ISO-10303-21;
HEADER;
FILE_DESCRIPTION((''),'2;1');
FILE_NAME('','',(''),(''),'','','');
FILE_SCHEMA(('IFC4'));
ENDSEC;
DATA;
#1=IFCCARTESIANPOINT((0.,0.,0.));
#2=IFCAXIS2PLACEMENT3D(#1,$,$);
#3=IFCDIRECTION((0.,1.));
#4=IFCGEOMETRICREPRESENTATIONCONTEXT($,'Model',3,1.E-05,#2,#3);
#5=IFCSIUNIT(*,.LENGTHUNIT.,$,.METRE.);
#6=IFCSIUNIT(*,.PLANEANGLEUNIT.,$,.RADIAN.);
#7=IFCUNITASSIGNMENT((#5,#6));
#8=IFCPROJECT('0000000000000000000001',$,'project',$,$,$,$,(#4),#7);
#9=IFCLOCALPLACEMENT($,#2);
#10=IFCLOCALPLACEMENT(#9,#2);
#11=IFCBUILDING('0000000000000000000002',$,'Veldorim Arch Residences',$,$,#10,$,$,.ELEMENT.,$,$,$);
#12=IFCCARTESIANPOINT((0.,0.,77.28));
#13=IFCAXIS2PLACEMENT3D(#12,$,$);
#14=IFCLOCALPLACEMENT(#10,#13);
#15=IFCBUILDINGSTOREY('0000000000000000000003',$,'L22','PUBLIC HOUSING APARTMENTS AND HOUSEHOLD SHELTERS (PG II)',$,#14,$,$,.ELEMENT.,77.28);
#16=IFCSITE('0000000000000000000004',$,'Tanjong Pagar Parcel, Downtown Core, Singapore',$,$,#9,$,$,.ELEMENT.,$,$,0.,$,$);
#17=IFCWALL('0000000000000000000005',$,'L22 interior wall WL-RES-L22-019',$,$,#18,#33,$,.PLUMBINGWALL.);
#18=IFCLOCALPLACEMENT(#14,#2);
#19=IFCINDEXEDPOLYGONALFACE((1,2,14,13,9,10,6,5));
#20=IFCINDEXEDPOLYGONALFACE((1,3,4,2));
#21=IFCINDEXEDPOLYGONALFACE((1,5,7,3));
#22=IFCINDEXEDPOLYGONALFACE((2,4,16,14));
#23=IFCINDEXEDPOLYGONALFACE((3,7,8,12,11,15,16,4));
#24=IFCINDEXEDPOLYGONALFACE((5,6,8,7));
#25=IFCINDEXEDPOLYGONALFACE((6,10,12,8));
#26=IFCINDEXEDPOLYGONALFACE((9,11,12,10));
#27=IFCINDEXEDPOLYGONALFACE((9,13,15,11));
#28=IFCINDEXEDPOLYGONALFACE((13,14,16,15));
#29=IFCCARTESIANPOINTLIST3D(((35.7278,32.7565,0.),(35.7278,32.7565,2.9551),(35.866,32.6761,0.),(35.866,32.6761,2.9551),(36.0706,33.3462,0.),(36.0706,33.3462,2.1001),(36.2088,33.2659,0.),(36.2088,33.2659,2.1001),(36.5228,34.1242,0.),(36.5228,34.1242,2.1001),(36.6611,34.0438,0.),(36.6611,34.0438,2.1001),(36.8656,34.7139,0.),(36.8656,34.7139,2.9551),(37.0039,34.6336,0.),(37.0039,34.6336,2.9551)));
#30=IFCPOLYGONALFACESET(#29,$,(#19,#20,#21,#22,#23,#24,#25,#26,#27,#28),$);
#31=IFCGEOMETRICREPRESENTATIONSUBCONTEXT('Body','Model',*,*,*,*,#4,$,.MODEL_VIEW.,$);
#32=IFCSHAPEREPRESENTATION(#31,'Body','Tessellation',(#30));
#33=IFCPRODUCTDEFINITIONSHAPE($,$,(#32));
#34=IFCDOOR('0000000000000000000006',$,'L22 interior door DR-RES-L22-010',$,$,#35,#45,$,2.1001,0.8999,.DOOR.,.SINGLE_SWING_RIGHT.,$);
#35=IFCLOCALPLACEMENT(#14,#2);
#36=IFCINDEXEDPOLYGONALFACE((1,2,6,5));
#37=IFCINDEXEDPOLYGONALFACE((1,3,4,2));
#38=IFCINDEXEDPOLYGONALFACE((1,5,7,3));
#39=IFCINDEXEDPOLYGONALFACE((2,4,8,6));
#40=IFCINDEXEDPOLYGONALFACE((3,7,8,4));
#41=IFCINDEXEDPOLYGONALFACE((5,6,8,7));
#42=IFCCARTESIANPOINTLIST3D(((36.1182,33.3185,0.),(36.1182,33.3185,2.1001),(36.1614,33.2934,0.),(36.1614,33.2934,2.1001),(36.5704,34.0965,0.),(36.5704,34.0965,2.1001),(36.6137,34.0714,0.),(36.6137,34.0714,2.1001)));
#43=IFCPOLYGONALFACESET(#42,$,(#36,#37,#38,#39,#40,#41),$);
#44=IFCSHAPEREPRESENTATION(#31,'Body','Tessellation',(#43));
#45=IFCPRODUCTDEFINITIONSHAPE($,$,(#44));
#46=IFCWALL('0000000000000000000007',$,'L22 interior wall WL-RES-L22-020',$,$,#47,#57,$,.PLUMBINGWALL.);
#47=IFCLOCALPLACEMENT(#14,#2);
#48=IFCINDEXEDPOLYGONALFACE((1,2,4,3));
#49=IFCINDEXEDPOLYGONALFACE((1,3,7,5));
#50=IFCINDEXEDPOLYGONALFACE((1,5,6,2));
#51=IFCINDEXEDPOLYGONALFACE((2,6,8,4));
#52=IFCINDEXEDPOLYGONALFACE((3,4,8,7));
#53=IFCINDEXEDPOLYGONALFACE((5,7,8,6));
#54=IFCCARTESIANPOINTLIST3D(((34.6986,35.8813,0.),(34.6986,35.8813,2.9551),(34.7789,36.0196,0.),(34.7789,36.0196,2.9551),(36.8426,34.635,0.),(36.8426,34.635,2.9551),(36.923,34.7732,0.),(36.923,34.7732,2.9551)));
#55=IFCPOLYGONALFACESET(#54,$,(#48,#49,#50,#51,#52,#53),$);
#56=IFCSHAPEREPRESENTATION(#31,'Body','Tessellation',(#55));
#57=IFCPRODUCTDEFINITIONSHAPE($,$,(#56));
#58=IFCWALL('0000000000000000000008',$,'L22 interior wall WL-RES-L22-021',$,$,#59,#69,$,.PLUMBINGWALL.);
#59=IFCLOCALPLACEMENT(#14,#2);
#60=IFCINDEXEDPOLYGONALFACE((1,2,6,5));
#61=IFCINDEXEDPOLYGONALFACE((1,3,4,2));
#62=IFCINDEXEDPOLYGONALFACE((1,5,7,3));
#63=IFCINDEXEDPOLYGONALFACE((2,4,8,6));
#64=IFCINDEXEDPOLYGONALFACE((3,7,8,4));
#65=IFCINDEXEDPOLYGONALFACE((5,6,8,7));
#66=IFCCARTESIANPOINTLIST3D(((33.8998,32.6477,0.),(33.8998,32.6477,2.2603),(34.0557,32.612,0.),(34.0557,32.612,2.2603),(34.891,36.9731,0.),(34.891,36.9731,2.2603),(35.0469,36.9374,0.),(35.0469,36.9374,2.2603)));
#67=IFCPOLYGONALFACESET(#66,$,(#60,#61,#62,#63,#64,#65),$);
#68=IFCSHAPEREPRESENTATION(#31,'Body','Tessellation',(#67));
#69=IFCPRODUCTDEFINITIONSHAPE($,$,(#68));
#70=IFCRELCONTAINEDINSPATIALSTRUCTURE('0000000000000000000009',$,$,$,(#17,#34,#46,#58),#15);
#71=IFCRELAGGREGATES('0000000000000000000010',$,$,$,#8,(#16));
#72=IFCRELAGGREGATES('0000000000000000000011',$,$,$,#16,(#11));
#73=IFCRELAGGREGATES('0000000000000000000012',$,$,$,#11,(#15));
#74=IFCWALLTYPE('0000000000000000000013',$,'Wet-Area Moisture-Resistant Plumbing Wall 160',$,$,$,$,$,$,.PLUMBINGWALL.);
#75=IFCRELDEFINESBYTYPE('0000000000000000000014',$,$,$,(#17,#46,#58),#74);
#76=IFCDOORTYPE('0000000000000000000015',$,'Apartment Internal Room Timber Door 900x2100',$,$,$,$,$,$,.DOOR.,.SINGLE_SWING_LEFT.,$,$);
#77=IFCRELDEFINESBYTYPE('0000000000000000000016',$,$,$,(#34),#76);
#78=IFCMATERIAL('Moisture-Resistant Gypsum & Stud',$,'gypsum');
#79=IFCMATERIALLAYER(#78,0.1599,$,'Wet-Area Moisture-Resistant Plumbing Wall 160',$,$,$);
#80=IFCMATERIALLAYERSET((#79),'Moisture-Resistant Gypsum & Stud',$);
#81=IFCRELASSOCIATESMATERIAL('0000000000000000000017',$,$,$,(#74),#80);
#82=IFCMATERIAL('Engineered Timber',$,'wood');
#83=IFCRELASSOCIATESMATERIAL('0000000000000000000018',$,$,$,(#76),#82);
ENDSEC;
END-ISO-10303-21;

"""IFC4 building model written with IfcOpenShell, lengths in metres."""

from ifc_helpers import new_model, si_unit, direction, frame, frame_2d, origin, place, context, subcontext, project, spatial, rectangle, extrude, material, layer, layer_set, type_object, element, fill, save


model = new_model("IFC4")

# Units and contexts
model_context = context("Model", 3, precision=1e-05, world=origin(), true_north=direction((0.0, 1.0)))
body_context = subcontext(model_context, "Body", "Model", "MODEL_VIEW")
ifc_project = project(units=[si_unit("LENGTHUNIT", "METRE"), si_unit("PLANEANGLEUNIT", "RADIAN")], contexts=[model_context])

# Site, building, storey
site_placement = place(None, origin())
site = spatial("IfcSite", under=ifc_project, at=site_placement, Name="Tanjong Pagar Parcel, Downtown Core, Singapore", CompositionType="ELEMENT", RefElevation=0.0)
building_placement = place(site_placement, origin())
building = spatial("IfcBuilding", under=site, at=building_placement, Name="Veldorim Arch Residences", CompositionType="ELEMENT")
storey_placement = place(building_placement, frame((0.0, 0.0, 77.28)))
storey = spatial("IfcBuildingStorey", under=building, at=storey_placement, Name="L22", Description="PUBLIC HOUSING APARTMENTS AND HOUSEHOLD SHELTERS (PG II)", CompositionType="ELEMENT", Elevation=77.28)

# Wall, opening, door
ifc_material_1 = material(Name="Moisture-Resistant Gypsum & Stud", Category="gypsum")
ifc_layer_1 = layer(ifc_material_1, 0.1599, Name="Wet-Area Moisture-Resistant Plumbing Wall 160")
ifc_layer_set_1 = layer_set([ifc_layer_1], Name="Moisture-Resistant Gypsum & Stud")
wall_type_1 = type_object("IfcWallType", Name="Wet-Area Moisture-Resistant Plumbing Wall 160", PredefinedType="PLUMBINGWALL", material=ifc_layer_set_1)
wall_1_placement = place(storey_placement, frame((35.7969, 32.7163, 0.0), z_axis=(0.0, 0.0, 1.0), x_axis=(0.50257, 0.864537, 0.0)))
wall_1 = element("IfcWall", 1, at=wall_1_placement, inside=storey, type_object=wall_type_1, Name="L22 interior wall WL-RES-L22-019", PredefinedType="PLUMBINGWALL", context=body_context, shape_type="SweptSolid", body=[
    extrude(rectangle(XDim=2.2642, YDim=0.1599, at=frame_2d((1.1321, 0.0))), origin(), (0.0, 0.0, 1.0), 2.9551),
])
opening_1_placement = place(wall_1_placement, frame((0.6821, 0.0, 0.0)))
opening_1 = element("IfcOpeningElement", 2, at=opening_1_placement, cuts=wall_1, PredefinedType="OPENING", context=body_context, shape_type="SweptSolid", body=[
    extrude(rectangle(XDim=0.8999, YDim=2.1001, at=frame_2d((0.45, 1.05))), frame((0.0, 0.0898, 0.0), z_axis=(0.0, -1.0, 0.0), x_axis=(1.0, 0.0, 0.0)), (0.0, 0.0, 1.0), 0.1799),
])
ifc_material_2 = material(Name="Engineered Timber", Category="wood")
door_type_1 = type_object("IfcDoorType", Name="Apartment Internal Room Timber Door 900x2100", OperationType="SINGLE_SWING_LEFT", PredefinedType="DOOR", material=ifc_material_2)
door_1_placement = place(opening_1_placement, origin())
door_1 = element("IfcDoor", 3, at=door_1_placement, inside=storey, type_object=door_type_1, Name="L22 interior door DR-RES-L22-010", OperationType="SINGLE_SWING_RIGHT", OverallHeight=2.1001, OverallWidth=0.8999, PredefinedType="DOOR", context=body_context, shape_type="SweptSolid", body=[
    extrude(rectangle(XDim=0.8999, YDim=2.1001, at=frame_2d((0.45, 1.05))), frame((0.0, 0.0249, 0.0), z_axis=(0.0, -1.0, 0.0), x_axis=(1.0, 0.0, 0.0)), (0.0, 0.0, 1.0), 0.05),
])
fill(opening_1, door_1)

# Walls
wall_2_placement = place(storey_placement, frame((36.8828, 34.7041, 0.0), z_axis=(0.0, 0.0, 1.0), x_axis=(-0.864542, 0.502561, 0.0)))
element("IfcWall", 4, at=wall_2_placement, inside=storey, type_object=wall_type_1, Name="L22 interior wall WL-RES-L22-020", PredefinedType="PLUMBINGWALL", context=body_context, shape_type="SweptSolid", body=[
    extrude(rectangle(XDim=2.48, YDim=0.1599, at=frame_2d((1.24, 0.0))), origin(), (0.0, 0.0, 1.0), 2.9551),
])
wall_3_placement = place(storey_placement, frame((33.9778, 32.6299, 0.0), z_axis=(0.0, 0.0, 1.0), x_axis=(0.223369, 0.974734, 0.0)))
element("IfcWall", 5, at=wall_3_placement, inside=storey, type_object=wall_type_1, Name="L22 interior wall WL-RES-L22-021", PredefinedType="PLUMBINGWALL", context=body_context, shape_type="SweptSolid", body=[
    extrude(rectangle(XDim=4.4375, YDim=0.1599, at=frame_2d((2.2188, 0.0))), origin(), (0.0, 0.0, 1.0), 2.2603),
])

save(model, "model.ifc")
